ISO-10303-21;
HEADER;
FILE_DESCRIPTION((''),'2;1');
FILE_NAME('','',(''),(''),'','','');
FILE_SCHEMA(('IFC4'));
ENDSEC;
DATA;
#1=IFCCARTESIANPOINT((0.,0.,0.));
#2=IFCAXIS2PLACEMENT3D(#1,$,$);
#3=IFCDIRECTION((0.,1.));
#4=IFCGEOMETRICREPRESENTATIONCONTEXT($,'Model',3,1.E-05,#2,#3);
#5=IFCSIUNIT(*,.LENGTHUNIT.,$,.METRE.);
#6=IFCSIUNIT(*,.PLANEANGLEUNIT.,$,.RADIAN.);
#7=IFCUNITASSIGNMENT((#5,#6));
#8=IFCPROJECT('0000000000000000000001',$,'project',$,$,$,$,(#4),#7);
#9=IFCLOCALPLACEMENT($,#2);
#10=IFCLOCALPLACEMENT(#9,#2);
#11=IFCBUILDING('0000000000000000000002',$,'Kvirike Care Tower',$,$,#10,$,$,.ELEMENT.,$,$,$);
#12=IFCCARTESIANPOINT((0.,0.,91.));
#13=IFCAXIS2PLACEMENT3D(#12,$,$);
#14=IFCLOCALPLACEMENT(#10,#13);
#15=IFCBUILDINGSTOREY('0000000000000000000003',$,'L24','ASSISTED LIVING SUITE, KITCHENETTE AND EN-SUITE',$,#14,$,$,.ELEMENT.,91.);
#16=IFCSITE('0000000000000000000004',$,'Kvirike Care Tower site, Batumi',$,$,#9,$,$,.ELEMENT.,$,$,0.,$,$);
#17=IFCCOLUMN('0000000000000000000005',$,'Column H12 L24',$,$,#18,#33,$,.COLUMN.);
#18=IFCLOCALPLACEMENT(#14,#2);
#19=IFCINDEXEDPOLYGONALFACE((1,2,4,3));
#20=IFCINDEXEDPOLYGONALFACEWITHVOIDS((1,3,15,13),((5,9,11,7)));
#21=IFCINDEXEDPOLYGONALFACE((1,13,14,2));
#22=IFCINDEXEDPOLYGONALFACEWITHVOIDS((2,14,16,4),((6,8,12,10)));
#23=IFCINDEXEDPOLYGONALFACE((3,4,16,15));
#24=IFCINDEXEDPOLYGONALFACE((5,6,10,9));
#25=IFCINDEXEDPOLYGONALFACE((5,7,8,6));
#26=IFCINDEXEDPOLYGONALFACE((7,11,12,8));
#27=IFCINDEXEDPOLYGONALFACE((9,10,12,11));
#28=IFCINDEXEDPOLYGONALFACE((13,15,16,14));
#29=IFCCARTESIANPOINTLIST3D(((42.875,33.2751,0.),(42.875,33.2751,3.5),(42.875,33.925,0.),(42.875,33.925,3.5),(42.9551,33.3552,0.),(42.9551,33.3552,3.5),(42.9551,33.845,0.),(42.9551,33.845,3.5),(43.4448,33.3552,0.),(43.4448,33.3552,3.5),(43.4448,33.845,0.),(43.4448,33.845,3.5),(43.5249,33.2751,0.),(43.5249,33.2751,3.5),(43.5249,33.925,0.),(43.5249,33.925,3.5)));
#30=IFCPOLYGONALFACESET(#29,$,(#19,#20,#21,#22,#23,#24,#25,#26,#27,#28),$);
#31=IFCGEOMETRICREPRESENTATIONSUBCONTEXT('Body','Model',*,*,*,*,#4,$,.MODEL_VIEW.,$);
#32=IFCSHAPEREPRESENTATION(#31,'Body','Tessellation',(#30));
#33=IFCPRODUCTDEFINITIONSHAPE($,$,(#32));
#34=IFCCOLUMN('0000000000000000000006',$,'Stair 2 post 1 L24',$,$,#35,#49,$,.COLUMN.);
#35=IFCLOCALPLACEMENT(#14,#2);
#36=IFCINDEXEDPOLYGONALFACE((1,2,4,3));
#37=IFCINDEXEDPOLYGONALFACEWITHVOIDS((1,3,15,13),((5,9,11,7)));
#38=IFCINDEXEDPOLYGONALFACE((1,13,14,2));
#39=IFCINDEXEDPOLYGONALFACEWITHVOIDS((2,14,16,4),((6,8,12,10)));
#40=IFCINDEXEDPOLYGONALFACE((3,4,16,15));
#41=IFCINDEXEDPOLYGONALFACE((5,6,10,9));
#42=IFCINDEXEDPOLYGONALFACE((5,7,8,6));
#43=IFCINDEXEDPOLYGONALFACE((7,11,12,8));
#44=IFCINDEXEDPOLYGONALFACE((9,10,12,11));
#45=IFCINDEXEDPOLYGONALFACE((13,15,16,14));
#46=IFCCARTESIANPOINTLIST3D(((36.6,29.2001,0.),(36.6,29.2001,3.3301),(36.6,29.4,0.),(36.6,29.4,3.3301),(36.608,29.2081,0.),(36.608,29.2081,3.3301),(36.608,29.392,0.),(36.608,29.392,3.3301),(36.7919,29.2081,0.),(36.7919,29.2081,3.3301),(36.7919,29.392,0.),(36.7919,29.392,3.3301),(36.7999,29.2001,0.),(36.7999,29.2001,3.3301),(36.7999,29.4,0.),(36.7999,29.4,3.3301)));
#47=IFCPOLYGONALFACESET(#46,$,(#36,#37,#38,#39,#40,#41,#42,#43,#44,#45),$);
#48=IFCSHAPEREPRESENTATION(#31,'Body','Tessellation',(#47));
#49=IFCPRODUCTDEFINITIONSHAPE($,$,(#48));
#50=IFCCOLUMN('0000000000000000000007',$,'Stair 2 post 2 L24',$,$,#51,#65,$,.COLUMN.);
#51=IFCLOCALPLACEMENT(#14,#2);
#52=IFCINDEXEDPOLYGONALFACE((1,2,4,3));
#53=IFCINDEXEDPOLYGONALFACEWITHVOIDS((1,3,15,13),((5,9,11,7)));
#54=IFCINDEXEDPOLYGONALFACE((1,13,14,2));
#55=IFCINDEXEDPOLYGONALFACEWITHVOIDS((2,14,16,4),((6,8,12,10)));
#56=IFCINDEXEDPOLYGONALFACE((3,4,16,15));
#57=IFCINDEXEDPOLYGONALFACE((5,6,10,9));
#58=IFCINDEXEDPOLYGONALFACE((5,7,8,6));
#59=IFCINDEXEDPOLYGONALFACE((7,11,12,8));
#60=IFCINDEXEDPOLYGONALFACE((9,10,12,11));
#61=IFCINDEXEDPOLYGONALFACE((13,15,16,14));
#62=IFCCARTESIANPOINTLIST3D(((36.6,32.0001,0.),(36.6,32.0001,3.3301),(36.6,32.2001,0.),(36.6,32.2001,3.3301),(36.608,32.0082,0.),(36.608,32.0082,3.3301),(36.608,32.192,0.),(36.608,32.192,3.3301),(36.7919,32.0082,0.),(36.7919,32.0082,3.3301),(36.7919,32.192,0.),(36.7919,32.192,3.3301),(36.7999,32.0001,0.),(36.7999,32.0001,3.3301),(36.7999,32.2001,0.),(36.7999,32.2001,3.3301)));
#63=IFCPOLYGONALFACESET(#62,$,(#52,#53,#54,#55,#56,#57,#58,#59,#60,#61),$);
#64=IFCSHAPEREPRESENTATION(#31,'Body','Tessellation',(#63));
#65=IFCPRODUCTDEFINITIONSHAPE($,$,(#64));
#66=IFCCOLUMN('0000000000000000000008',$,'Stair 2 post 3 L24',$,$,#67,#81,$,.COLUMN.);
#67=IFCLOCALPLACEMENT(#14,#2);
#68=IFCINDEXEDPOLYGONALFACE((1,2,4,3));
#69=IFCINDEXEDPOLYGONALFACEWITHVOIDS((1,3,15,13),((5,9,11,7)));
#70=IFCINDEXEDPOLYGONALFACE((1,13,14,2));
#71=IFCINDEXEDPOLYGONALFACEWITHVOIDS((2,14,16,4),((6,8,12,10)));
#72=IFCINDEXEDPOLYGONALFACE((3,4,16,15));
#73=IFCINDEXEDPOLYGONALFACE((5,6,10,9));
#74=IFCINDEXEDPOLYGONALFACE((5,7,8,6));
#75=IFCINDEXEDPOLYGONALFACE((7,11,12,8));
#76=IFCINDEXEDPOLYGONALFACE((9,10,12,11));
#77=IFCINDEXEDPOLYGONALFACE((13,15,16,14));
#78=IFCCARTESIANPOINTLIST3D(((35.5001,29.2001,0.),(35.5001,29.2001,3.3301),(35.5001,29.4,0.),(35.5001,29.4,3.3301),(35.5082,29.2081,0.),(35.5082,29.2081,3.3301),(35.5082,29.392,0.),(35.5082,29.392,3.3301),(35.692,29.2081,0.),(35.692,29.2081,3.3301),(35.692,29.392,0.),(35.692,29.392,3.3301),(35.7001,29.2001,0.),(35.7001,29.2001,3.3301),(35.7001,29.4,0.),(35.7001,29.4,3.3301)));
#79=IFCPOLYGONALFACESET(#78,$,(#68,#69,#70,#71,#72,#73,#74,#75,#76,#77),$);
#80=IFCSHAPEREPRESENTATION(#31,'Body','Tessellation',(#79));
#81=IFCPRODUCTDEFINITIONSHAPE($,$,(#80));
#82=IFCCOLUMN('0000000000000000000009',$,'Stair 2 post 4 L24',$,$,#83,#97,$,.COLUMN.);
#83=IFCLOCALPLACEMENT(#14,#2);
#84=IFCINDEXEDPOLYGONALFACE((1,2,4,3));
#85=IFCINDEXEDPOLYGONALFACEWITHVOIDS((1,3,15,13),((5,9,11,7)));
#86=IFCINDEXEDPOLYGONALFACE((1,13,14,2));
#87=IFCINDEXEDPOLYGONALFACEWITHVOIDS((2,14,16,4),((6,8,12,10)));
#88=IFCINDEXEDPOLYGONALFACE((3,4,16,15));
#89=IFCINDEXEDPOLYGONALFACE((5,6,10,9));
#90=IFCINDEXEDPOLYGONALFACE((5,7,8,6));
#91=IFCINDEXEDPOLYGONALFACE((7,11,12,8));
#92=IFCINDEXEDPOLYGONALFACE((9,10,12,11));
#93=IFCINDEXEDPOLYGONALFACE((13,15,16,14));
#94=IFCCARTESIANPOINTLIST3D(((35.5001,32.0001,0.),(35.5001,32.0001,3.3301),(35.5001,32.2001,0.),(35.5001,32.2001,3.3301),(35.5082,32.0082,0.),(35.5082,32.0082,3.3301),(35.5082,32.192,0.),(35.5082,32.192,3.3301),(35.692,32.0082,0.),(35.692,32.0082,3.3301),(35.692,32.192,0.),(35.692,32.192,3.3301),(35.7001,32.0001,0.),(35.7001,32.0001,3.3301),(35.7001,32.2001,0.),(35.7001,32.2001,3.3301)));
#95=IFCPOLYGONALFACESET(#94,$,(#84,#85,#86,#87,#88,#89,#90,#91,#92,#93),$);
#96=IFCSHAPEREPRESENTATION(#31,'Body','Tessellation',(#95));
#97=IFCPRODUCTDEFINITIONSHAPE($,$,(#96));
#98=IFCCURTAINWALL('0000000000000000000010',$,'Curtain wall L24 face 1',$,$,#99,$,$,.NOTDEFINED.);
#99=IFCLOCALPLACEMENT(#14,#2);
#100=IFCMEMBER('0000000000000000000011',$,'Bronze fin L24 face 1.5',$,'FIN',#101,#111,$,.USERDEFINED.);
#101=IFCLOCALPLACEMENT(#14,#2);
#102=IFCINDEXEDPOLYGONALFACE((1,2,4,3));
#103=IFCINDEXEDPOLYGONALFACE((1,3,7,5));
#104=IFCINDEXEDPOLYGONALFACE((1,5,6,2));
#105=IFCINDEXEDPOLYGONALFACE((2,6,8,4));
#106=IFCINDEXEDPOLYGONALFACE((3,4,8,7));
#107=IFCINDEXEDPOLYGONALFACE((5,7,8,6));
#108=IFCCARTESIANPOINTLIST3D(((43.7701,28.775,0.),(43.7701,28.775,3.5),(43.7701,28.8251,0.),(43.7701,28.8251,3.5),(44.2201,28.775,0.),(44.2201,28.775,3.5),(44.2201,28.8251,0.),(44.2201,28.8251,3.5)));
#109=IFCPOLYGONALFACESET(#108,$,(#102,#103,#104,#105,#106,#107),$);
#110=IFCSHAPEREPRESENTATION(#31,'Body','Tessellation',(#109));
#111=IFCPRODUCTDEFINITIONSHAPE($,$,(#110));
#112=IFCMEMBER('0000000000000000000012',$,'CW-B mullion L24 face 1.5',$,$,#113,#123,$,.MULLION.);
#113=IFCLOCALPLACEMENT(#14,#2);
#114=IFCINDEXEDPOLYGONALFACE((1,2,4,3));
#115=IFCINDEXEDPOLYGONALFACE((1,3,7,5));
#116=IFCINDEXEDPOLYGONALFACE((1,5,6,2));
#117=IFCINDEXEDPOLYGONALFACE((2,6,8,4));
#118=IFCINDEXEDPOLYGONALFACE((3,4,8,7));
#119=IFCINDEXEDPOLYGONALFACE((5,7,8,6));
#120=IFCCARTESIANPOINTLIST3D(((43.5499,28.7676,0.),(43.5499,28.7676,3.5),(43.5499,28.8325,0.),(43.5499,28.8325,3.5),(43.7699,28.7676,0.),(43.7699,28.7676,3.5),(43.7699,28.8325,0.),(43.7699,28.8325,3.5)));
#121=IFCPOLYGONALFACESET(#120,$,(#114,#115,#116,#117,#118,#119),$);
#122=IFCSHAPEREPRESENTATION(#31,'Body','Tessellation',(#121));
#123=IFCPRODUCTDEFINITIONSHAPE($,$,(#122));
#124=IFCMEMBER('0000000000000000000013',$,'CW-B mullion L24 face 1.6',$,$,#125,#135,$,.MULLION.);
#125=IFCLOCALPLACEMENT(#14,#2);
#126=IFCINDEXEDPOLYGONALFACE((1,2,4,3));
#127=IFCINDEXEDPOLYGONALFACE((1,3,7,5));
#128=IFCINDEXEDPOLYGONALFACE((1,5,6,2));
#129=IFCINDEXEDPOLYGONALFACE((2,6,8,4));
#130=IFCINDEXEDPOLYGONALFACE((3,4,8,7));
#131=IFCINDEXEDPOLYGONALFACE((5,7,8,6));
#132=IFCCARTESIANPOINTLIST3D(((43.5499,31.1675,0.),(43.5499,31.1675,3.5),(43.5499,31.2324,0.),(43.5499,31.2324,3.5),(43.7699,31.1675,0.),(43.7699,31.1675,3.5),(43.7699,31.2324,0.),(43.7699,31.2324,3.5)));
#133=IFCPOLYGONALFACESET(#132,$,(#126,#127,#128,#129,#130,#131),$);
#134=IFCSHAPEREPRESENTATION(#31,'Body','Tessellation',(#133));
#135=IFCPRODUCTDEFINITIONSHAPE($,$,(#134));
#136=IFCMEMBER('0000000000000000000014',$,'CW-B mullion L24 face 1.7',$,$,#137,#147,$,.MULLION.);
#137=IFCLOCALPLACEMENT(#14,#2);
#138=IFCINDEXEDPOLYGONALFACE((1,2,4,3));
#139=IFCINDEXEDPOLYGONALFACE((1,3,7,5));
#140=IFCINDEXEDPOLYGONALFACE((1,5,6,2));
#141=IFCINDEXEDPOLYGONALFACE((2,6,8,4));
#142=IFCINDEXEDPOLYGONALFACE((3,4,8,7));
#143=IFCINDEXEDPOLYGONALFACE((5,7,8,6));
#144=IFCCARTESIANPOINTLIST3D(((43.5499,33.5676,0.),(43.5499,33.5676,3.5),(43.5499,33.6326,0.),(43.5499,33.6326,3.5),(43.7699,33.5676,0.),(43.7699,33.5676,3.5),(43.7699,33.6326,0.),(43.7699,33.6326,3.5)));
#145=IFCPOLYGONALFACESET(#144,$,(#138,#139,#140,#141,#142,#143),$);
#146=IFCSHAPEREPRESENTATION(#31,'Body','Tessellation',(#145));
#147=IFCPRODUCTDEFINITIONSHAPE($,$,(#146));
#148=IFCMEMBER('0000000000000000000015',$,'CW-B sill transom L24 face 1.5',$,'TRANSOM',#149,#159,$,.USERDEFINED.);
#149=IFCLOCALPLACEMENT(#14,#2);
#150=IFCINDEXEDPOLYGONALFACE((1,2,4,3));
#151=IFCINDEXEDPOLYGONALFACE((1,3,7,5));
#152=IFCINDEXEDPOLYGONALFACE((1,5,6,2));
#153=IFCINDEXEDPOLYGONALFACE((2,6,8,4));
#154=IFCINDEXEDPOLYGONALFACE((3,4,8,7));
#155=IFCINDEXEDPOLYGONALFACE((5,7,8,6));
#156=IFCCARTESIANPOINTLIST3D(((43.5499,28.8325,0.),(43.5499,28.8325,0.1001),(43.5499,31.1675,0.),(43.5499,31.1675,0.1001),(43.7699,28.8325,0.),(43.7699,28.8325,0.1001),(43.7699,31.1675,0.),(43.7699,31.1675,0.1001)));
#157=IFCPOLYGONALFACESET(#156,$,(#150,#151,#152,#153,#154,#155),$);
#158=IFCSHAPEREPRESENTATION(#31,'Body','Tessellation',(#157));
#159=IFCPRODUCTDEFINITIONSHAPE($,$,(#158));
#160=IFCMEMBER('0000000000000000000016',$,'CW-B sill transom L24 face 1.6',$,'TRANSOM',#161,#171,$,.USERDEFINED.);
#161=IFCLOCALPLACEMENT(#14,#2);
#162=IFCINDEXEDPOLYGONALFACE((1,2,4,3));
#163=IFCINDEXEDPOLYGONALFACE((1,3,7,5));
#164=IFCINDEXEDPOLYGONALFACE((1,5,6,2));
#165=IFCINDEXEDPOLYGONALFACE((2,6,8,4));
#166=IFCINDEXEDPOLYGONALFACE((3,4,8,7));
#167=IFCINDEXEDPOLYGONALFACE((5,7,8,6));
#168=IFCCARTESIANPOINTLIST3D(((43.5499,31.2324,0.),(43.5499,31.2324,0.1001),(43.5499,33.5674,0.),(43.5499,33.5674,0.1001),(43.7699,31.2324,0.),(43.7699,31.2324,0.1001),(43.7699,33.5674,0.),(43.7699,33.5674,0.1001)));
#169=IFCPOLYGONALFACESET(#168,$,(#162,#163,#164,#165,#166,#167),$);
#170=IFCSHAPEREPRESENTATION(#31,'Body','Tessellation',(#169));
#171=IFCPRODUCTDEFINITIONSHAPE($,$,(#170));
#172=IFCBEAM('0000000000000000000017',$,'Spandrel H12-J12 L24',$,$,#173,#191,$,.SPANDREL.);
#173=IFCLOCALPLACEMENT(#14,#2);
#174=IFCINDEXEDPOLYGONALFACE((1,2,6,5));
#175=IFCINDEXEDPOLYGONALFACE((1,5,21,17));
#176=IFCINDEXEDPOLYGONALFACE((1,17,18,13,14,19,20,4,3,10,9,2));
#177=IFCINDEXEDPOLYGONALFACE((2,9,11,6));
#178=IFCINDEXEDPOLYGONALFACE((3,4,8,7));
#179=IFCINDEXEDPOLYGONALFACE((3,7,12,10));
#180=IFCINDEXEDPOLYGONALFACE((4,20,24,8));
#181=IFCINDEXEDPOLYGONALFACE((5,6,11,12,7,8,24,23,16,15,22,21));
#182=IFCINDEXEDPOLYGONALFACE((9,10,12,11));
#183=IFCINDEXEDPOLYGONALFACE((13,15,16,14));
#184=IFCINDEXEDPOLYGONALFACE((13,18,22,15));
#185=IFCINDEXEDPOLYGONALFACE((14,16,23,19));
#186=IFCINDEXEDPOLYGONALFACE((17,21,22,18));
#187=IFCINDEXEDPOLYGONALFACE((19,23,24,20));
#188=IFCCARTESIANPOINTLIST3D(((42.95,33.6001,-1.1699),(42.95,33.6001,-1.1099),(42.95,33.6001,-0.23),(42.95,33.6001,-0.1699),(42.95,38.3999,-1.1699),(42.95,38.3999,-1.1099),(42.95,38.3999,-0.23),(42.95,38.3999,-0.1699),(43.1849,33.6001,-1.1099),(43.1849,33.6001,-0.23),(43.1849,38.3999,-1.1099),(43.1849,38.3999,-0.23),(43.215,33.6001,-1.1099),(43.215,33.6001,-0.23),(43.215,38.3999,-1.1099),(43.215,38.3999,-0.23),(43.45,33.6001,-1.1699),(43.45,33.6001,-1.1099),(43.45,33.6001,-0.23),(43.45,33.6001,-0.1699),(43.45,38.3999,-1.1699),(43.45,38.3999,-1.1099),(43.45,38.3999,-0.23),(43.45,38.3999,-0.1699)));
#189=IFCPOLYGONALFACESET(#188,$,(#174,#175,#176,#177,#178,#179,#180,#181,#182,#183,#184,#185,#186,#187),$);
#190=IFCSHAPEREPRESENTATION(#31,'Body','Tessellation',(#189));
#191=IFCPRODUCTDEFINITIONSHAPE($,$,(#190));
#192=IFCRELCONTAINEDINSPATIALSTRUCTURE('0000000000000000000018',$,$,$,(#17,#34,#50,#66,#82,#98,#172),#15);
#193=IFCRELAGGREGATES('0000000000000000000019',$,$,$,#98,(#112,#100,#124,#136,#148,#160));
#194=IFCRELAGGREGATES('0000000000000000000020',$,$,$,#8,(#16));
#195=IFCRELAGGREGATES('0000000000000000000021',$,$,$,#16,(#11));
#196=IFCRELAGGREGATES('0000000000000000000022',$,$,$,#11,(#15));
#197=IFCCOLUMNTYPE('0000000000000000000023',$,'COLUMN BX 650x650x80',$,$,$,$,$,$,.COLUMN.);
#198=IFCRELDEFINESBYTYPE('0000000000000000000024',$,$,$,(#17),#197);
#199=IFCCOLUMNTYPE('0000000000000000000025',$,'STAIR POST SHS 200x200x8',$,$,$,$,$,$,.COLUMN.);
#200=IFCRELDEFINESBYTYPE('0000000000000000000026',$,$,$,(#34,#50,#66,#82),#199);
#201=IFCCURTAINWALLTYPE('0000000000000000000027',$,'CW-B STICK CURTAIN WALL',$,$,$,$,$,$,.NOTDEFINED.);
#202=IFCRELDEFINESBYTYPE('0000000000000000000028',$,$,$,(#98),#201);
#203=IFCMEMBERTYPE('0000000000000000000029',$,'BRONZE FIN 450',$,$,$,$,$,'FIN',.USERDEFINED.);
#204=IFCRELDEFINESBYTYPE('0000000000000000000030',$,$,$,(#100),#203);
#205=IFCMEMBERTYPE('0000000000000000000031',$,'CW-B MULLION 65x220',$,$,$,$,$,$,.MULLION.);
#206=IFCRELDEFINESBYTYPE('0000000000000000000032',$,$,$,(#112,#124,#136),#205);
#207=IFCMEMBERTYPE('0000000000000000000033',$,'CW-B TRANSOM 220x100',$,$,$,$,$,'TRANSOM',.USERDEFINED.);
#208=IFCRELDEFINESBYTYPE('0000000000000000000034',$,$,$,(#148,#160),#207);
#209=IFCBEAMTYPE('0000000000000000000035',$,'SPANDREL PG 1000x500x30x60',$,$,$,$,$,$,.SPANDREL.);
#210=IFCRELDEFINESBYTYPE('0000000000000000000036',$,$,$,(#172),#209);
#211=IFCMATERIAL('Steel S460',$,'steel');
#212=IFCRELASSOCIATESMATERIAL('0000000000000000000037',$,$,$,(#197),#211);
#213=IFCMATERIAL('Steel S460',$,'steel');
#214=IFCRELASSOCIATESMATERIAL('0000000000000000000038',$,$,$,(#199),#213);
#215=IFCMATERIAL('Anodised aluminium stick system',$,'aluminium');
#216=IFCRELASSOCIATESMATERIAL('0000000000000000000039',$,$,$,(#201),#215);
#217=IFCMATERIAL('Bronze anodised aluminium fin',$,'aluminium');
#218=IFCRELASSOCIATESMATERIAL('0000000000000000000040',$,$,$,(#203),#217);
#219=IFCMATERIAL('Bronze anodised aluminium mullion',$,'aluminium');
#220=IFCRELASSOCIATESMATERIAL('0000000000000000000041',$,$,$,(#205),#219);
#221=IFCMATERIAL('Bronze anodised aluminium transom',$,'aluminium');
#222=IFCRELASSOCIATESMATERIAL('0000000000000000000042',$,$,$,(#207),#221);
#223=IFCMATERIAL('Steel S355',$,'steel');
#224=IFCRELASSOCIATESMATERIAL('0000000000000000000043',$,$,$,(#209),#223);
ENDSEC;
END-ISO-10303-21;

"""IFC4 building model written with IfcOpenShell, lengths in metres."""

from ifc_helpers import new_model, si_unit, direction, frame, origin, origin_2d, place, context, subcontext, project, spatial, rectangle, hollow_rectangle, i_section, extrude, material, material_profile, profile_set, type_object, element, aggregate, save


model = new_model("IFC4")

# Units and contexts
model_context = context("Model", 3, precision=1e-05, world=origin(), true_north=direction((0.0, 1.0)))
body_context = subcontext(model_context, "Body", "Model", "MODEL_VIEW")
ifc_project = project(units=[si_unit("LENGTHUNIT", "METRE"), si_unit("PLANEANGLEUNIT", "RADIAN")], contexts=[model_context])

# Site, building, storey
site_placement = place(None, origin())
site = spatial("IfcSite", under=ifc_project, at=site_placement, Name="Kvirike Care Tower site, Batumi", CompositionType="ELEMENT", RefElevation=0.0)
building_placement = place(site_placement, origin())
building = spatial("IfcBuilding", under=site, at=building_placement, Name="Kvirike Care Tower", CompositionType="ELEMENT")
storey_placement = place(building_placement, frame((0.0, 0.0, 91.0)))
storey = spatial("IfcBuildingStorey", under=building, at=storey_placement, Name="L24", Description="ASSISTED LIVING SUITE, KITCHENETTE AND EN-SUITE", CompositionType="ELEMENT", Elevation=91.0)

# Columns
ifc_material_1 = material(Name="Steel S460", Category="steel")
ifc_material_profile_1 = material_profile(ifc_material_1, hollow_rectangle(XDim=0.6499, YDim=0.6499, WallThickness=0.0801, at=origin_2d()), Name="BX 650x650x80")
ifc_profile_set_1 = profile_set([ifc_material_profile_1], Name="Steel S460")
column_type_1 = type_object("IfcColumnType", Name="COLUMN BX 650x650x80", PredefinedType="COLUMN", material=ifc_profile_set_1)
column_placement = place(storey_placement, frame((43.2, 33.6001, 0.0), z_axis=(0.0, 0.0, 1.0), x_axis=(1.0, 0.0, 0.0)))
element("IfcColumn", 1, at=column_placement, inside=storey, type_object=column_type_1, Name="Column H12 L24", PredefinedType="COLUMN", context=body_context, shape_type="SweptSolid", body=[
    extrude(hollow_rectangle(XDim=0.6499, YDim=0.6499, WallThickness=0.0801, at=origin_2d()), origin(), (0.0, 0.0, 1.0), 3.5),
])
ifc_material_2 = material(Name="Steel S460", Category="steel")
ifc_material_profile_2 = material_profile(ifc_material_2, hollow_rectangle(XDim=0.2, YDim=0.2, WallThickness=0.0081, at=origin_2d()), Name="SHS 200x200x8")
ifc_profile_set_2 = profile_set([ifc_material_profile_2], Name="Steel S460")
column_type_2 = type_object("IfcColumnType", Name="STAIR POST SHS 200x200x8", PredefinedType="COLUMN", material=ifc_profile_set_2)
for number, where, z_axis, x_axis, name in (
    (2, (36.7, 29.3, 0.0), (0.0, 0.0, 1.0), (1.0, 0.0, 0.0), "Stair 2 post 1 L24"),
    (3, (36.7, 32.1001, 0.0), (0.0, 0.0, 1.0), (1.0, 0.0, 0.0), "Stair 2 post 2 L24"),
    (4, (35.6001, 29.3, 0.0), (0.0, 0.0, 1.0), (1.0, 0.0, 0.0), "Stair 2 post 3 L24"),
    (5, (35.6001, 32.1001, 0.0), (0.0, 0.0, 1.0), (1.0, 0.0, 0.0), "Stair 2 post 4 L24"),
):
    element("IfcColumn", number, at=place(storey_placement, frame(where, z_axis=z_axis, x_axis=x_axis)), inside=storey, type_object=column_type_2, Name=name, PredefinedType="COLUMN", context=body_context, shape_type="SweptSolid", body=[
        extrude(hollow_rectangle(XDim=0.2, YDim=0.2, WallThickness=0.0081, at=origin_2d()), origin(), (0.0, 0.0, 1.0), 3.3301),
    ])

# Curtain wall, members
ifc_material_3 = material(Name="Anodised aluminium stick system", Category="aluminium")
curtain_wall_type = type_object("IfcCurtainWallType", Name="CW-B STICK CURTAIN WALL", PredefinedType="NOTDEFINED", material=ifc_material_3)
curtain_wall_placement = place(storey_placement, origin())
curtain_wall = element("IfcCurtainWall", 6, at=curtain_wall_placement, inside=storey, type_object=curtain_wall_type, Name="Curtain wall L24 face 1", PredefinedType="NOTDEFINED")
ifc_material_4 = material(Name="Bronze anodised aluminium fin", Category="aluminium")
ifc_material_profile_3 = material_profile(ifc_material_4, rectangle(XDim=0.05, YDim=0.45, at=origin_2d()), Name="BRONZE FIN 450")
ifc_profile_set_3 = profile_set([ifc_material_profile_3], Name="Bronze anodised aluminium fin")
member_type_1 = type_object("IfcMemberType", Name="BRONZE FIN 450", ElementType="FIN", PredefinedType="USERDEFINED", material=ifc_profile_set_3)
member_1_placement = place(storey_placement, frame((43.9951, 28.8, 0.0), z_axis=(0.0, 0.0, 1.0), x_axis=(0.0, 1.0, 0.0)))
member_1 = element("IfcMember", 7, at=member_1_placement, type_object=member_type_1, Name="Bronze fin L24 face 1.5", ObjectType="FIN", PredefinedType="USERDEFINED", context=body_context, shape_type="SweptSolid", body=[
    extrude(rectangle(XDim=0.05, YDim=0.45, at=origin_2d()), origin(), (0.0, 0.0, 1.0), 3.5),
])
ifc_material_5 = material(Name="Bronze anodised aluminium mullion", Category="aluminium")
ifc_material_profile_4 = material_profile(ifc_material_5, rectangle(XDim=0.0649, YDim=0.22, at=origin_2d()), Name="CW-B MULLION 65x220")
ifc_profile_set_4 = profile_set([ifc_material_profile_4], Name="Bronze anodised aluminium mullion")
member_type_2 = type_object("IfcMemberType", Name="CW-B MULLION 65x220", PredefinedType="MULLION", material=ifc_profile_set_4)
member_2_placement = place(storey_placement, frame((43.6599, 28.8, 0.0), z_axis=(0.0, 0.0, 1.0), x_axis=(0.0, 1.0, 0.0)))
member_2 = element("IfcMember", 8, at=member_2_placement, type_object=member_type_2, Name="CW-B mullion L24 face 1.5", PredefinedType="MULLION", context=body_context, shape_type="SweptSolid", body=[
    extrude(rectangle(XDim=0.0649, YDim=0.22, at=origin_2d()), origin(), (0.0, 0.0, 1.0), 3.5),
])
member_3_placement = place(storey_placement, frame((43.6599, 31.2, 0.0), z_axis=(0.0, 0.0, 1.0), x_axis=(0.0, 1.0, 0.0)))
member_3 = element("IfcMember", 9, at=member_3_placement, type_object=member_type_2, Name="CW-B mullion L24 face 1.6", PredefinedType="MULLION", context=body_context, shape_type="SweptSolid", body=[
    extrude(rectangle(XDim=0.0649, YDim=0.22, at=origin_2d()), origin(), (0.0, 0.0, 1.0), 3.5),
])
member_4_placement = place(storey_placement, frame((43.6599, 33.6001, 0.0), z_axis=(0.0, 0.0, 1.0), x_axis=(0.0, 1.0, 0.0)))
member_4 = element("IfcMember", 10, at=member_4_placement, type_object=member_type_2, Name="CW-B mullion L24 face 1.7", PredefinedType="MULLION", context=body_context, shape_type="SweptSolid", body=[
    extrude(rectangle(XDim=0.0649, YDim=0.22, at=origin_2d()), origin(), (0.0, 0.0, 1.0), 3.5),
])
ifc_material_6 = material(Name="Bronze anodised aluminium transom", Category="aluminium")
ifc_material_profile_5 = material_profile(ifc_material_6, rectangle(XDim=0.22, YDim=0.1001, at=origin_2d()), Name="CW-B TRANSOM 220x100")
ifc_profile_set_5 = profile_set([ifc_material_profile_5], Name="Bronze anodised aluminium transom")
member_type_3 = type_object("IfcMemberType", Name="CW-B TRANSOM 220x100", ElementType="TRANSOM", PredefinedType="USERDEFINED", material=ifc_profile_set_5)
member_5_placement = place(storey_placement, frame((43.6599, 28.8325, 0.05), z_axis=(0.0, 1.0, 0.0), x_axis=(-1.0, 0.0, 0.0)))
member_5 = element("IfcMember", 11, at=member_5_placement, type_object=member_type_3, Name="CW-B sill transom L24 face 1.5", ObjectType="TRANSOM", PredefinedType="USERDEFINED", context=body_context, shape_type="SweptSolid", body=[
    extrude(rectangle(XDim=0.22, YDim=0.1001, at=origin_2d()), origin(), (0.0, 0.0, 1.0), 2.335),
])
member_6_placement = place(storey_placement, frame((43.6599, 31.2324, 0.05), z_axis=(0.0, 1.0, 0.0), x_axis=(-1.0, 0.0, 0.0)))
member_6 = element("IfcMember", 12, at=member_6_placement, type_object=member_type_3, Name="CW-B sill transom L24 face 1.6", ObjectType="TRANSOM", PredefinedType="USERDEFINED", context=body_context, shape_type="SweptSolid", body=[
    extrude(rectangle(XDim=0.22, YDim=0.1001, at=origin_2d()), origin(), (0.0, 0.0, 1.0), 2.335),
])

# Beam
ifc_material_7 = material(Name="Steel S355", Category="steel")
ifc_material_profile_6 = material_profile(ifc_material_7, i_section(OverallWidth=0.5, OverallDepth=1.0, WebThickness=0.03, FlangeThickness=0.0601, at=origin_2d()), Name="PG 1000x500x30x60")
ifc_profile_set_6 = profile_set([ifc_material_profile_6], Name="Steel S355")
beam_type_1 = type_object("IfcBeamType", Name="SPANDREL PG 1000x500x30x60", PredefinedType="SPANDREL", material=ifc_profile_set_6)
beam_1_placement = place(storey_placement, frame((43.2, 33.6001, -0.6699), z_axis=(0.0, 1.0, 0.0), x_axis=(-1.0, 0.0, 0.0)))
element("IfcBeam", 13, at=beam_1_placement, inside=storey, type_object=beam_type_1, Name="Spandrel H12-J12 L24", PredefinedType="SPANDREL", context=body_context, shape_type="SweptSolid", body=[
    extrude(i_section(OverallWidth=0.5, OverallDepth=1.0, WebThickness=0.03, FlangeThickness=0.0601, at=origin_2d()), origin(), (0.0, 0.0, 1.0), 4.7998),
])

aggregate(curtain_wall, [member_2, member_1, member_3, member_4, member_5, member_6])

save(model, "model.ifc")
